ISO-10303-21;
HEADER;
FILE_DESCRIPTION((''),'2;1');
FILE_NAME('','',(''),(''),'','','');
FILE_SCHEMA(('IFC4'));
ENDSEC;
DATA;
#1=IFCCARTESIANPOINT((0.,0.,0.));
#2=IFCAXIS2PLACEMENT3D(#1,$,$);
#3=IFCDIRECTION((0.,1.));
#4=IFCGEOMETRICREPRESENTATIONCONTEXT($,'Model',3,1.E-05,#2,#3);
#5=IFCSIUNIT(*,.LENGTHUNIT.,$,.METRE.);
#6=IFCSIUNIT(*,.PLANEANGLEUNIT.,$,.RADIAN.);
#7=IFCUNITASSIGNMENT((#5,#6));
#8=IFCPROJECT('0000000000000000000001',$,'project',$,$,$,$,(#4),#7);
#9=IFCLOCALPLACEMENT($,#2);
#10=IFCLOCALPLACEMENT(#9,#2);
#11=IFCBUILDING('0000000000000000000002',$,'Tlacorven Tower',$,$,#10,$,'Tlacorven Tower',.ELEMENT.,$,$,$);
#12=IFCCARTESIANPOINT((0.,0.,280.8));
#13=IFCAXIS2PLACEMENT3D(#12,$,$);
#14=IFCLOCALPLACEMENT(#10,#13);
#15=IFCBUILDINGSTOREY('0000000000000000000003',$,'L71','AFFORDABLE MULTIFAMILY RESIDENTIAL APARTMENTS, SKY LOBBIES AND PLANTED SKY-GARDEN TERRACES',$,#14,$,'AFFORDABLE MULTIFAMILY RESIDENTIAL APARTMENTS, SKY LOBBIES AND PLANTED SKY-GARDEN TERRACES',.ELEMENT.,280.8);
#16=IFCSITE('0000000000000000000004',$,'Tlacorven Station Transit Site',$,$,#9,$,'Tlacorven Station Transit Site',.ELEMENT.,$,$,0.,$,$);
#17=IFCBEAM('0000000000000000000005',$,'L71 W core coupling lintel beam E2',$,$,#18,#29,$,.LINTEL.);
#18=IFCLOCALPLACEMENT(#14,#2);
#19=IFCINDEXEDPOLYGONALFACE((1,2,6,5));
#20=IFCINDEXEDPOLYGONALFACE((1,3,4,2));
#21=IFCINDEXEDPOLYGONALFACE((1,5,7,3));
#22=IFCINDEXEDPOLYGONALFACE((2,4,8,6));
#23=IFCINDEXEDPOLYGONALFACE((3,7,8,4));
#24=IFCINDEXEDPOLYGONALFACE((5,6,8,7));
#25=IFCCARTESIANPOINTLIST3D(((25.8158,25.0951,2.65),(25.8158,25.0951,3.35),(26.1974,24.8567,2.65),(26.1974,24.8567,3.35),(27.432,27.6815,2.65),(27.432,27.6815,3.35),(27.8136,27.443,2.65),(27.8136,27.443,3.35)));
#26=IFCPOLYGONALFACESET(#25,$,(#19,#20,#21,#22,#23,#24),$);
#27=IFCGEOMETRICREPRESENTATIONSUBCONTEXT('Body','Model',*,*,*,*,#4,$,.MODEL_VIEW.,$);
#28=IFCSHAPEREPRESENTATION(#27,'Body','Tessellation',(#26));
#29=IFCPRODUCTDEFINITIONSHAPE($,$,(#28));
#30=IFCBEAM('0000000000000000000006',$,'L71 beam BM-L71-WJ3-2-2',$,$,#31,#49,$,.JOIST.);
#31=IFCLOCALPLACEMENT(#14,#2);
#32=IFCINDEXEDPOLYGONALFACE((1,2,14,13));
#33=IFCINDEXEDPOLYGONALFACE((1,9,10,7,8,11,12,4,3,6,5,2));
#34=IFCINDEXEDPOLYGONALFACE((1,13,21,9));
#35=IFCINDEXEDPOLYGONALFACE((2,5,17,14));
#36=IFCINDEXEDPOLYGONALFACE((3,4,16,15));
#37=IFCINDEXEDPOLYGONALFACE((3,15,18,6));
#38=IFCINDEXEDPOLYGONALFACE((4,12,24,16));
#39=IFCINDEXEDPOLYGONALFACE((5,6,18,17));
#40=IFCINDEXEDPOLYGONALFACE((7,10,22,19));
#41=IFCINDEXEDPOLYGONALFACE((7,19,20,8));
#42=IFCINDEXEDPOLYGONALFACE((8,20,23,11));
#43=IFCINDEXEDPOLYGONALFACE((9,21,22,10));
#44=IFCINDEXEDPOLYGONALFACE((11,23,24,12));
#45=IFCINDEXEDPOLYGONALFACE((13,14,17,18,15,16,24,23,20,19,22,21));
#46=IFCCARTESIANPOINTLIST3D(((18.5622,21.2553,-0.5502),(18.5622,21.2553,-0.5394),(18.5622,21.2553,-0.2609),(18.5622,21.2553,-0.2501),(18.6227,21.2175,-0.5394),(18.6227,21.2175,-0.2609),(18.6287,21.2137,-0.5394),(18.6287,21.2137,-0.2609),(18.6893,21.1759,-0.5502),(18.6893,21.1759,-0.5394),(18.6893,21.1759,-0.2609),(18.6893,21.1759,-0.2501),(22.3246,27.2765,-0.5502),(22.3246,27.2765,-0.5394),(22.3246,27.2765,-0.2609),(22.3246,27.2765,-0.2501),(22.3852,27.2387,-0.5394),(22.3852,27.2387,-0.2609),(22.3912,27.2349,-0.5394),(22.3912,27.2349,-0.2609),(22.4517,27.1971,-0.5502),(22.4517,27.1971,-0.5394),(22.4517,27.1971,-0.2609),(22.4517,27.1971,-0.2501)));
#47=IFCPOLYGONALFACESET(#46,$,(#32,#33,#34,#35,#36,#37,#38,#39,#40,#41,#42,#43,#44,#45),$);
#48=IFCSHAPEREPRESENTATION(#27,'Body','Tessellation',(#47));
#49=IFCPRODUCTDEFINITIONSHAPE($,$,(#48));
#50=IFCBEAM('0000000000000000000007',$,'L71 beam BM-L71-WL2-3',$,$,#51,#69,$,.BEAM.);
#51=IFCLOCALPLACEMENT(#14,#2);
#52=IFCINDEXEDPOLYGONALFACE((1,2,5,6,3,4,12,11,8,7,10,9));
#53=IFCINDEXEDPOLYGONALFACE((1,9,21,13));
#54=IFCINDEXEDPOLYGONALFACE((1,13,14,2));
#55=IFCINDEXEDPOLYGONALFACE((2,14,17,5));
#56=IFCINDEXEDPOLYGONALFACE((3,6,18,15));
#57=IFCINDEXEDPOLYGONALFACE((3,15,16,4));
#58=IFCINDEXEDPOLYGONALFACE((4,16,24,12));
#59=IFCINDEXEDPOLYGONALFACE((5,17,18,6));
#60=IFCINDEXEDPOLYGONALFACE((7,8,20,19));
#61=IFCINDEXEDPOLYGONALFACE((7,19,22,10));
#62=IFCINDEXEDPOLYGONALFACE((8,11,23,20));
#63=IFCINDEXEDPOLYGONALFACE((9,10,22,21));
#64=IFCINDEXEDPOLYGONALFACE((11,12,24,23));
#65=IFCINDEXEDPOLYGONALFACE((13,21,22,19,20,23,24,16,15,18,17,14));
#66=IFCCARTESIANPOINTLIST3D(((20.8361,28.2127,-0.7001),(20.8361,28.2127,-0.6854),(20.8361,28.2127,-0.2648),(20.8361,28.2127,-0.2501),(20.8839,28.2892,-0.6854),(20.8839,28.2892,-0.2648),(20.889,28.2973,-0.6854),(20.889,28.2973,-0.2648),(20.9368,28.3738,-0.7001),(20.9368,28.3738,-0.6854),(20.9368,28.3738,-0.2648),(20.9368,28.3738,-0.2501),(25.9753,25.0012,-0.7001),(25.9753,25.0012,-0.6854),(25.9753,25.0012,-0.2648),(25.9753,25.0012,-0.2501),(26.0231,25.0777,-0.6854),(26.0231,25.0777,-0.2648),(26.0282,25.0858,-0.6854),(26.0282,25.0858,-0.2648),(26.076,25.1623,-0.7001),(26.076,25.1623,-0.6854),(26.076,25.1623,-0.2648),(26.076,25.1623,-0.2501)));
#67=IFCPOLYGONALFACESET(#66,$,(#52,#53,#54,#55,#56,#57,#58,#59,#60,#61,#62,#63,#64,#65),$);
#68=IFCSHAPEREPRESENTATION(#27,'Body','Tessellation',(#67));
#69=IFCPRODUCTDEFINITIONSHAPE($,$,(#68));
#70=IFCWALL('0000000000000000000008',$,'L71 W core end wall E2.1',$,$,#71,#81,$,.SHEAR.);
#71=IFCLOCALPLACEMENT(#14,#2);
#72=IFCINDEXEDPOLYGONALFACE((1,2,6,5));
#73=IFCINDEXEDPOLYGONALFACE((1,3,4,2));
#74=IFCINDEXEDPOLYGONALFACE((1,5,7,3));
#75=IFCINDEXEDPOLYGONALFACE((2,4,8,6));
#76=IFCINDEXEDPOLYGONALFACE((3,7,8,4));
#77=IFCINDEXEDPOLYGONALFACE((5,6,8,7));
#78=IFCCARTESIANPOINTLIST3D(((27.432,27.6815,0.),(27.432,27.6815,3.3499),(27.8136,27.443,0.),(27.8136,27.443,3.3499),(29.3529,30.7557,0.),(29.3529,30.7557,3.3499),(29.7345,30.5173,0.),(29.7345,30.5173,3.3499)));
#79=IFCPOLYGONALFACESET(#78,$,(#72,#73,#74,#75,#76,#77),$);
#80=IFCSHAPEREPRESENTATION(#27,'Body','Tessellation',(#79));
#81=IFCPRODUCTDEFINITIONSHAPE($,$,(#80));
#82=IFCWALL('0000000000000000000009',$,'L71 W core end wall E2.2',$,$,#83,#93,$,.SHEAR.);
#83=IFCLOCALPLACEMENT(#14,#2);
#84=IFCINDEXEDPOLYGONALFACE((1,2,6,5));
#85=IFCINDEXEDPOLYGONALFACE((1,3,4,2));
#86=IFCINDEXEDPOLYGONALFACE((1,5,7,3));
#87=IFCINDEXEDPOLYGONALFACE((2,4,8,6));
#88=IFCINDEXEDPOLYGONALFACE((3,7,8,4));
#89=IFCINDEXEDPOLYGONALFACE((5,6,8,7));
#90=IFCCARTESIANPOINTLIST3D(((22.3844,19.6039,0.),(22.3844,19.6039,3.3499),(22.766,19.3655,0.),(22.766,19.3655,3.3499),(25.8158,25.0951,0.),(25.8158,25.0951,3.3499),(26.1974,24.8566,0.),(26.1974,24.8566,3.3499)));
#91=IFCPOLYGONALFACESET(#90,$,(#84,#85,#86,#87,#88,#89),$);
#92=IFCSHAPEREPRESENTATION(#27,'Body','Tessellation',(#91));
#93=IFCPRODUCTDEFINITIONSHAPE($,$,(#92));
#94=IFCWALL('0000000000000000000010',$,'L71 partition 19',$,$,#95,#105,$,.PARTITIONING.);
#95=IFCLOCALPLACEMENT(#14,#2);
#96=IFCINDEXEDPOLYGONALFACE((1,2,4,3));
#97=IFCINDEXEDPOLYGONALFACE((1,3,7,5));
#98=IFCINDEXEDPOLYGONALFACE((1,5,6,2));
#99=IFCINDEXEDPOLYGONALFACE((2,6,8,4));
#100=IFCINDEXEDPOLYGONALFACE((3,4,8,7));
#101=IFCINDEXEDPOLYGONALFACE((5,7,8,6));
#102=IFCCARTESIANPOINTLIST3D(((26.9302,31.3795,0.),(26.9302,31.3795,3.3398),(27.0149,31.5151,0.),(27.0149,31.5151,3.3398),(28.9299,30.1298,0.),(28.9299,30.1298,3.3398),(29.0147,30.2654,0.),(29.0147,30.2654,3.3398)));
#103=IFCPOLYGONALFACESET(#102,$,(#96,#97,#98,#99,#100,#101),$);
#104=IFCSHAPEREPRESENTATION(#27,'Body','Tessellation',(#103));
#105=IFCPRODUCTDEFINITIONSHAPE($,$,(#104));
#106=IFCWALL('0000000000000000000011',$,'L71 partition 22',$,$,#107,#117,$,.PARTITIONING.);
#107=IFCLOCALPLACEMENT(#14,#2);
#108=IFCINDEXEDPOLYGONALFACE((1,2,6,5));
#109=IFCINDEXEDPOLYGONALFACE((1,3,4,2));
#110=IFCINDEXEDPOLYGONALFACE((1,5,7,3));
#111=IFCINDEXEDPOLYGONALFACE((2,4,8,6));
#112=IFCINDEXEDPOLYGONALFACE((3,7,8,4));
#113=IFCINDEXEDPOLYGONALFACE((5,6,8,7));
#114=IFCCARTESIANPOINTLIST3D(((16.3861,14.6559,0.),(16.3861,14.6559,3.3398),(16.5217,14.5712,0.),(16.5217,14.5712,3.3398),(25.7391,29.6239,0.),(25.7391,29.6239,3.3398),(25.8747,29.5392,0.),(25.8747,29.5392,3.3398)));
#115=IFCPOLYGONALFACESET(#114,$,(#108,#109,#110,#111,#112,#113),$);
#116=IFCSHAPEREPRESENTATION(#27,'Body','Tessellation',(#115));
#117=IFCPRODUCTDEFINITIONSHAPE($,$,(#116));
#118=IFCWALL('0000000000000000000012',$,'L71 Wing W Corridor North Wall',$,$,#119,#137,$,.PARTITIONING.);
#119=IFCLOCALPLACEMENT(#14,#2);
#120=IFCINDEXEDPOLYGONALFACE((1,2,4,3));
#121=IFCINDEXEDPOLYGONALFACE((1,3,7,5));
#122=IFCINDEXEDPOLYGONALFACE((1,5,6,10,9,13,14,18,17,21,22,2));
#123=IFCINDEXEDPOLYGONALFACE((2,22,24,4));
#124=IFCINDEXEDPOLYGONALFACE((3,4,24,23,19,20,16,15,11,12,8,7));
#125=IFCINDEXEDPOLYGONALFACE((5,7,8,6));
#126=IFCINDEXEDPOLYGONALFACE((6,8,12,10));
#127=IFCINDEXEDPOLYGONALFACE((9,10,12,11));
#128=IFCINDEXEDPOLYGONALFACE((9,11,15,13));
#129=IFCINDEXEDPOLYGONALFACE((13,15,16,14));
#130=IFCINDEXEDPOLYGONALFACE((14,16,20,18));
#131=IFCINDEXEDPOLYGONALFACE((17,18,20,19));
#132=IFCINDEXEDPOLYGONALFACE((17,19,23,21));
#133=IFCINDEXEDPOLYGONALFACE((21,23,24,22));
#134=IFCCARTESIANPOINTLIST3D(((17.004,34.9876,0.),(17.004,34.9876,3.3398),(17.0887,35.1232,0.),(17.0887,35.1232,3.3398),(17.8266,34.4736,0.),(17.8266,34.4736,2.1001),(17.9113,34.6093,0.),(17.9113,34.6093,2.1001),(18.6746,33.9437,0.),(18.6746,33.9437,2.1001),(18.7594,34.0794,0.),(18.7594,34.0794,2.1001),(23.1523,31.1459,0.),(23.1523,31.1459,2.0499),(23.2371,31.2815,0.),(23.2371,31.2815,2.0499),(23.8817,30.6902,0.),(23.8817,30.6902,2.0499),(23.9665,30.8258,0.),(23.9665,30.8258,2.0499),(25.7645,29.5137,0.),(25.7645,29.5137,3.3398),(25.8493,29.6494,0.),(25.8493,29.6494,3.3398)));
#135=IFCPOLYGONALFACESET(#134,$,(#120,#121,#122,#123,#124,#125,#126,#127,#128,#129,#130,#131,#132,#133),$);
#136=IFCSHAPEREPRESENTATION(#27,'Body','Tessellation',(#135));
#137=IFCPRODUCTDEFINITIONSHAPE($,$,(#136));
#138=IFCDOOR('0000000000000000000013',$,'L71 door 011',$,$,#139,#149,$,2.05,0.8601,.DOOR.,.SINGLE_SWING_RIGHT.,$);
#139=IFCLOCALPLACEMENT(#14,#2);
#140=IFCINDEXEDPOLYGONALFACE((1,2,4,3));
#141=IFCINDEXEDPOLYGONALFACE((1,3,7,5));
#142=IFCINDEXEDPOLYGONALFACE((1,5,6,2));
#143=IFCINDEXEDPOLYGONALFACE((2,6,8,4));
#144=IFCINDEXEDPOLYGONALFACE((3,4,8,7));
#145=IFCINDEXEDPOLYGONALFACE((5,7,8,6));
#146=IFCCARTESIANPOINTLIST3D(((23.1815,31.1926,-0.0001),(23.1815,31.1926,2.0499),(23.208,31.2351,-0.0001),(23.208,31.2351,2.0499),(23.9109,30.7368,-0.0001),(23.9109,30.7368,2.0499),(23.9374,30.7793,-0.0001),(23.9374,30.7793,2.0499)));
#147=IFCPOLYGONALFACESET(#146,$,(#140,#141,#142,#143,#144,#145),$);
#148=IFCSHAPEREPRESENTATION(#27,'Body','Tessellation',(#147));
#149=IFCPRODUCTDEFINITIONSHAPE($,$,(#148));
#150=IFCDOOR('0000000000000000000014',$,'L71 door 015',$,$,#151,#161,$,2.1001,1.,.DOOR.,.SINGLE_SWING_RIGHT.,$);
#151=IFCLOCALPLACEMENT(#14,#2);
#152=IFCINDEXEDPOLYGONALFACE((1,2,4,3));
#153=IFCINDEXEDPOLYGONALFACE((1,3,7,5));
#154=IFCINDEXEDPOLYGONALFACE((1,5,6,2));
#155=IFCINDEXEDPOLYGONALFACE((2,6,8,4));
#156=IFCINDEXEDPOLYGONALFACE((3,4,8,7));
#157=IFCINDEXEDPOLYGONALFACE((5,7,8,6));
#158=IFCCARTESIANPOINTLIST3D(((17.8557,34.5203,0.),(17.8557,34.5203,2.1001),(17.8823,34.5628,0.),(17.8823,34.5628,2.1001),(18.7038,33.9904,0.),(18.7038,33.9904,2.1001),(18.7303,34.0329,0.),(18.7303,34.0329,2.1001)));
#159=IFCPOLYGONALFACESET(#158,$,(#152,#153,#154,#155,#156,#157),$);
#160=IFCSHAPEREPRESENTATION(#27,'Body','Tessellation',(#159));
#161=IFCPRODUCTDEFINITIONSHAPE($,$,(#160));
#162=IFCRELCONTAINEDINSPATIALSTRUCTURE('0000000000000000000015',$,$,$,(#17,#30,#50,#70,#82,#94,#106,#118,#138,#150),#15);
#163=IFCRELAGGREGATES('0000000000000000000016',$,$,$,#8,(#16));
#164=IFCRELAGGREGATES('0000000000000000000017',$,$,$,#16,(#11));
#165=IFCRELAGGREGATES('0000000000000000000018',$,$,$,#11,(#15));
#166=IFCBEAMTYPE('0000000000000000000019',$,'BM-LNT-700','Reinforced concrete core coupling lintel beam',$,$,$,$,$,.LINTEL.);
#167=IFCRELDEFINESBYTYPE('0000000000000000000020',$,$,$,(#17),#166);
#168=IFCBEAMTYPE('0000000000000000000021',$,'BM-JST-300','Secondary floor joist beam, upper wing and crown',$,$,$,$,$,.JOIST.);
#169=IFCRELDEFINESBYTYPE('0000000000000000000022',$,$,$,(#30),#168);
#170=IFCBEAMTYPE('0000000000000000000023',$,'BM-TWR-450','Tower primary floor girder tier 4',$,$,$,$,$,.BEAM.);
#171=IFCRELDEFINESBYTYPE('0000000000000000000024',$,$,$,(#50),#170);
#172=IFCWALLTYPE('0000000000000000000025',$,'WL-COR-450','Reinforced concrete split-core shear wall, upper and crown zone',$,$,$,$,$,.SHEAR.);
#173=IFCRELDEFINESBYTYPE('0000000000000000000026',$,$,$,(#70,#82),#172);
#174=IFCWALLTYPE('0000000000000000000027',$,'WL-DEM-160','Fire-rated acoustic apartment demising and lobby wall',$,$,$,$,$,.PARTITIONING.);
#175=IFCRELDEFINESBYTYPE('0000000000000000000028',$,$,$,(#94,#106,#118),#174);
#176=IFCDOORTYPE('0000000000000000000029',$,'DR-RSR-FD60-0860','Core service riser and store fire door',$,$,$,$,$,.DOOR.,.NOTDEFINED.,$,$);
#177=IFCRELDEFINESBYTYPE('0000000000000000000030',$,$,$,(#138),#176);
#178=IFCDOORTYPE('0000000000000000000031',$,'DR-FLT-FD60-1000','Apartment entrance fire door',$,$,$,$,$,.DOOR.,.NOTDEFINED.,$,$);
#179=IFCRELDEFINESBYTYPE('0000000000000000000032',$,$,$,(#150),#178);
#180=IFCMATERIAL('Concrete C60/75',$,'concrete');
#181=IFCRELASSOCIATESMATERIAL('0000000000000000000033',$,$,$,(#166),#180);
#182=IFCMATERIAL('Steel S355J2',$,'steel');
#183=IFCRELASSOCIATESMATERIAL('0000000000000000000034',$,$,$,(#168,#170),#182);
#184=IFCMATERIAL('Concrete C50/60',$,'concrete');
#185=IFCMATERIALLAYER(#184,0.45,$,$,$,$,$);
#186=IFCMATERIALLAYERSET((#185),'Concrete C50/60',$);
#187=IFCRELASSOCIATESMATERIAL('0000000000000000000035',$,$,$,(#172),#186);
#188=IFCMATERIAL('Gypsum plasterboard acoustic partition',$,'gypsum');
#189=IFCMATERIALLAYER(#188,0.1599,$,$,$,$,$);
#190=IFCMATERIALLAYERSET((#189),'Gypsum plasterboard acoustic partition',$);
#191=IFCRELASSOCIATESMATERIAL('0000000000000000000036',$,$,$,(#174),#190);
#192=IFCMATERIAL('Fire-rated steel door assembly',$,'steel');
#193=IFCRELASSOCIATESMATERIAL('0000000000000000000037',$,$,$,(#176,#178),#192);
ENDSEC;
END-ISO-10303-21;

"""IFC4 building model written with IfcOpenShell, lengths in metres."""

from ifc_helpers import new_model, si_unit, direction, frame, frame_2d, origin, origin_2d, place, context, subcontext, project, spatial, rectangle, i_section, extrude, source, transform, mapped, material, layer, layer_set, material_profile, profile_set, type_object, element, fill, save


model = new_model("IFC4")

# Units and contexts
model_context = context("Model", 3, precision=1e-05, world=origin(), true_north=direction((0.0, 1.0)))
body_context = subcontext(model_context, "Body", "Model", "MODEL_VIEW")
ifc_project = project(units=[si_unit("LENGTHUNIT", "METRE"), si_unit("PLANEANGLEUNIT", "RADIAN")], contexts=[model_context])

# Site, building, storey
site_placement = place(None, origin())
site = spatial("IfcSite", under=ifc_project, at=site_placement, Name="Tlacorven Station Transit Site", LongName="Tlacorven Station Transit Site", CompositionType="ELEMENT", RefElevation=0.0)
building_placement = place(site_placement, origin())
building = spatial("IfcBuilding", under=site, at=building_placement, Name="Tlacorven Tower", LongName="Tlacorven Tower", CompositionType="ELEMENT")
storey_placement = place(building_placement, frame((0.0, 0.0, 280.8)))
storey = spatial("IfcBuildingStorey", under=building, at=storey_placement, Name="L71", Description="AFFORDABLE MULTIFAMILY RESIDENTIAL APARTMENTS, SKY LOBBIES AND PLANTED SKY-GARDEN TERRACES", LongName="AFFORDABLE MULTIFAMILY RESIDENTIAL APARTMENTS, SKY LOBBIES AND PLANTED SKY-GARDEN TERRACES", CompositionType="ELEMENT", Elevation=280.8)

# Beams
ifc_material_1 = material(Name="Concrete C60/75", Category="concrete")
ifc_material_profile_1 = material_profile(ifc_material_1, rectangle(XDim=0.45, YDim=0.7, at=origin_2d()), Name="RC 450X700")
ifc_profile_set_1 = profile_set([ifc_material_profile_1], Name="Concrete C60/75")
beam_type_1 = type_object("IfcBeamType", Name="BM-LNT-700", Description="Reinforced concrete core coupling lintel beam", PredefinedType="LINTEL", material=ifc_profile_set_1)
shared_shape_1 = source(origin(), body_context, "Body", "SweptSolid", [
    extrude(rectangle(XDim=0.45, YDim=0.7, at=origin_2d()), origin(), (0.0, 0.0, 1.0), 3.0498),
])
beam_1_placement = place(storey_placement, frame((27.6228, 27.5623, 3.0), z_axis=(-0.529927, -0.848043, 0.0), x_axis=(0.848043, -0.529927, 0.0)))
element("IfcBeam", 1, at=beam_1_placement, inside=storey, type_object=beam_type_1, Name="L71 W core coupling lintel beam E2", PredefinedType="LINTEL", context=body_context, shape_type="MappedRepresentation", body=[
    mapped(shared_shape_1, transform((0.0, 0.0, 0.0), scale=1.0)),
])
ifc_material_2 = material(Name="Steel S355J2", Category="steel")
ifc_material_profile_2 = material_profile(ifc_material_2, i_section(OverallWidth=0.1499, OverallDepth=0.3, WebThickness=0.0071, FlangeThickness=0.0107, at=origin_2d()), Name="IPE 300")
ifc_profile_set_2 = profile_set([ifc_material_profile_2], Name="Steel S355J2")
beam_type_2 = type_object("IfcBeamType", Name="BM-JST-300", Description="Secondary floor joist beam, upper wing and crown", PredefinedType="JOIST", material=ifc_profile_set_2)
shared_shape_2 = source(origin(), body_context, "Body", "SweptSolid", [
    extrude(i_section(OverallWidth=0.1499, OverallDepth=0.3, WebThickness=0.0071, FlangeThickness=0.0107, at=origin_2d()), origin(), (0.0, 0.0, 1.0), 7.1001),
])
beam_2_placement = place(storey_placement, frame((22.3882, 27.2368, -0.4001), z_axis=(-0.529915, -0.84805, 0.0), x_axis=(0.84805, -0.529915, 0.0)))
element("IfcBeam", 2, at=beam_2_placement, inside=storey, type_object=beam_type_2, Name="L71 beam BM-L71-WJ3-2-2", PredefinedType="JOIST", context=body_context, shape_type="MappedRepresentation", body=[
    mapped(shared_shape_2, transform((0.0, 0.0, 0.0), scale=1.0)),
])
ifc_material_profile_3 = material_profile(ifc_material_2, i_section(OverallWidth=0.1899, OverallDepth=0.45, WebThickness=0.0095, FlangeThickness=0.0146, at=origin_2d()), Name="IPE 450")
ifc_profile_set_3 = profile_set([ifc_material_profile_3], Name="Steel S355J2")
beam_type_3 = type_object("IfcBeamType", Name="BM-TWR-450", Description="Tower primary floor girder tier 4", PredefinedType="BEAM", material=ifc_profile_set_3)
shared_shape_3 = source(origin(), body_context, "Body", "SweptSolid", [
    extrude(i_section(OverallWidth=0.1899, OverallDepth=0.45, WebThickness=0.0095, FlangeThickness=0.0146, at=origin_2d()), origin(), (0.0, 0.0, 1.0), 6.0601),
])
beam_3_placement = place(storey_placement, frame((26.0256, 25.0818, -0.4751), z_axis=(-0.848039, 0.529934, 0.0), x_axis=(-0.529934, -0.848039, 0.0)))
element("IfcBeam", 3, at=beam_3_placement, inside=storey, type_object=beam_type_3, Name="L71 beam BM-L71-WL2-3", PredefinedType="BEAM", context=body_context, shape_type="MappedRepresentation", body=[
    mapped(shared_shape_3, transform((0.0, 0.0, 0.0), scale=1.0)),
])

# Walls
ifc_material_3 = material(Name="Concrete C50/60", Category="concrete")
ifc_layer_1 = layer(ifc_material_3, 0.45)
ifc_layer_set_1 = layer_set([ifc_layer_1], Name="Concrete C50/60")
wall_type_1 = type_object("IfcWallType", Name="WL-COR-450", Description="Reinforced concrete split-core shear wall, upper and crown zone", PredefinedType="SHEAR", material=ifc_layer_set_1)
wall_1_placement = place(storey_placement, frame((29.5437, 30.6365, 0.0), z_axis=(0.0, 0.0, 1.0), x_axis=(-0.529902, -0.848059, 0.0)))
element("IfcWall", 4, at=wall_1_placement, inside=storey, type_object=wall_type_1, Name="L71 W core end wall E2.1", PredefinedType="SHEAR", context=body_context, shape_type="SweptSolid", body=[
    extrude(rectangle(XDim=3.625, YDim=0.45, at=frame_2d((1.8125, 0.0))), origin(), (0.0, 0.0, 1.0), 3.3499),
])
wall_2_placement = place(storey_placement, frame((26.0066, 24.9758, 0.0), z_axis=(0.0, 0.0, 1.0), x_axis=(-0.529931, -0.848041, 0.0)))
element("IfcWall", 5, at=wall_2_placement, inside=storey, type_object=wall_type_1, Name="L71 W core end wall E2.2", PredefinedType="SHEAR", context=body_context, shape_type="SweptSolid", body=[
    extrude(rectangle(XDim=6.4751, YDim=0.45, at=frame_2d((3.2375, 0.0))), origin(), (0.0, 0.0, 1.0), 3.3499),
])
ifc_material_4 = material(Name="Gypsum plasterboard acoustic partition", Category="gypsum")
ifc_layer_2 = layer(ifc_material_4, 0.1599)
ifc_layer_set_2 = layer_set([ifc_layer_2], Name="Gypsum plasterboard acoustic partition")
wall_type_2 = type_object("IfcWallType", Name="WL-DEM-160", Description="Fire-rated acoustic apartment demising and lobby wall", PredefinedType="PARTITIONING", material=ifc_layer_set_2)
wall_3_placement = place(storey_placement, frame((28.9724, 30.1975, 0.0), z_axis=(0.0, 0.0, 1.0), x_axis=(-0.848016, 0.529971, 0.0)))
element("IfcWall", 6, at=wall_3_placement, inside=storey, type_object=wall_type_2, Name="L71 partition 19", PredefinedType="PARTITIONING", context=body_context, shape_type="SweptSolid", body=[
    extrude(rectangle(XDim=2.3582, YDim=0.1599, at=frame_2d((1.1792, 0.0))), origin(), (0.0, 0.0, 1.0), 3.3398),
])
wall_4_placement = place(storey_placement, frame((25.8069, 29.5815, 0.0), z_axis=(0.0, 0.0, 1.0), x_axis=(-0.529918, -0.848049, 0.0)))
element("IfcWall", 7, at=wall_4_placement, inside=storey, type_object=wall_type_2, Name="L71 partition 22", PredefinedType="PARTITIONING", context=body_context, shape_type="SweptSolid", body=[
    extrude(rectangle(XDim=17.6499, YDim=0.1599, at=frame_2d((8.825, 0.0))), origin(), (0.0, 0.0, 1.0), 3.3398),
])

# Wall, openings, doors
wall_5_placement = place(storey_placement, frame((25.8069, 29.5815, 0.0), z_axis=(0.0, 0.0, 1.0), x_axis=(-0.848061, 0.529899, 0.0)))
wall_5 = element("IfcWall", 8, at=wall_5_placement, inside=storey, type_object=wall_type_2, Name="L71 Wing W Corridor North Wall", PredefinedType="PARTITIONING", context=body_context, shape_type="SweptSolid", body=[
    extrude(rectangle(XDim=10.3301, YDim=0.1599, at=frame_2d((5.165, 0.0))), origin(), (0.0, 0.0, 1.0), 3.3398),
])
opening_1_placement = place(wall_5_placement, frame((2.22, 0.0, 0.0)))
opening_1 = element("IfcOpeningElement", 9, at=opening_1_placement, cuts=wall_5, PredefinedType="OPENING", context=body_context, shape_type="SweptSolid", body=[
    extrude(rectangle(XDim=0.8601, YDim=2.05, at=frame_2d((0.4302, 1.0249))), frame((0.0, 0.0898, 0.0), z_axis=(0.0, -1.0, 0.0), x_axis=(1.0, 0.0, 0.0)), (0.0, 0.0, 1.0), 0.1799),
])
opening_2_placement = place(wall_5_placement, frame((8.3601, 0.0, 0.0)))
opening_2 = element("IfcOpeningElement", 10, at=opening_2_placement, cuts=wall_5, PredefinedType="OPENING", context=body_context, shape_type="SweptSolid", body=[
    extrude(rectangle(XDim=1.0, YDim=2.1001, at=frame_2d((0.5, 1.05))), frame((0.0, 0.0898, 0.0), z_axis=(0.0, -1.0, 0.0), x_axis=(1.0, 0.0, 0.0)), (0.0, 0.0, 1.0), 0.1799),
])
ifc_material_5 = material(Name="Fire-rated steel door assembly", Category="steel")
door_type_1 = type_object("IfcDoorType", Name="DR-RSR-FD60-0860", Description="Core service riser and store fire door", OperationType="NOTDEFINED", PredefinedType="DOOR", material=ifc_material_5)
shared_shape_4 = source(origin(), body_context, "Body", "SweptSolid", [
    extrude(rectangle(XDim=0.8601, YDim=2.05, at=frame_2d((0.4302, 1.0249))), frame((0.0, 0.0249, 0.0), z_axis=(0.0, -1.0, 0.0), x_axis=(1.0, 0.0, 0.0)), (0.0, 0.0, 1.0), 0.05),
])
door_1_placement = place(opening_1_placement, origin())
door_1 = element("IfcDoor", 11, at=door_1_placement, inside=storey, type_object=door_type_1, Name="L71 door 011", OperationType="SINGLE_SWING_RIGHT", OverallHeight=2.05, OverallWidth=0.8601, PredefinedType="DOOR", context=body_context, shape_type="MappedRepresentation", body=[
    mapped(shared_shape_4, transform((0.0, 0.0, 0.0), scale=1.0)),
])
fill(opening_1, door_1)
door_type_2 = type_object("IfcDoorType", Name="DR-FLT-FD60-1000", Description="Apartment entrance fire door", OperationType="NOTDEFINED", PredefinedType="DOOR", material=ifc_material_5)
shared_shape_5 = source(origin(), body_context, "Body", "SweptSolid", [
    extrude(rectangle(XDim=1.0, YDim=2.1001, at=frame_2d((0.5, 1.05))), frame((0.0, 0.0249, 0.0), z_axis=(0.0, -1.0, 0.0), x_axis=(1.0, 0.0, 0.0)), (0.0, 0.0, 1.0), 0.05),
])
door_2_placement = place(opening_2_placement, origin())
door_2 = element("IfcDoor", 12, at=door_2_placement, inside=storey, type_object=door_type_2, Name="L71 door 015", OperationType="SINGLE_SWING_RIGHT", OverallHeight=2.1001, OverallWidth=1.0, PredefinedType="DOOR", context=body_context, shape_type="MappedRepresentation", body=[
    mapped(shared_shape_5, transform((0.0, 0.0, 0.0), scale=1.0)),
])
fill(opening_2, door_2)

save(model, "model.ifc")
